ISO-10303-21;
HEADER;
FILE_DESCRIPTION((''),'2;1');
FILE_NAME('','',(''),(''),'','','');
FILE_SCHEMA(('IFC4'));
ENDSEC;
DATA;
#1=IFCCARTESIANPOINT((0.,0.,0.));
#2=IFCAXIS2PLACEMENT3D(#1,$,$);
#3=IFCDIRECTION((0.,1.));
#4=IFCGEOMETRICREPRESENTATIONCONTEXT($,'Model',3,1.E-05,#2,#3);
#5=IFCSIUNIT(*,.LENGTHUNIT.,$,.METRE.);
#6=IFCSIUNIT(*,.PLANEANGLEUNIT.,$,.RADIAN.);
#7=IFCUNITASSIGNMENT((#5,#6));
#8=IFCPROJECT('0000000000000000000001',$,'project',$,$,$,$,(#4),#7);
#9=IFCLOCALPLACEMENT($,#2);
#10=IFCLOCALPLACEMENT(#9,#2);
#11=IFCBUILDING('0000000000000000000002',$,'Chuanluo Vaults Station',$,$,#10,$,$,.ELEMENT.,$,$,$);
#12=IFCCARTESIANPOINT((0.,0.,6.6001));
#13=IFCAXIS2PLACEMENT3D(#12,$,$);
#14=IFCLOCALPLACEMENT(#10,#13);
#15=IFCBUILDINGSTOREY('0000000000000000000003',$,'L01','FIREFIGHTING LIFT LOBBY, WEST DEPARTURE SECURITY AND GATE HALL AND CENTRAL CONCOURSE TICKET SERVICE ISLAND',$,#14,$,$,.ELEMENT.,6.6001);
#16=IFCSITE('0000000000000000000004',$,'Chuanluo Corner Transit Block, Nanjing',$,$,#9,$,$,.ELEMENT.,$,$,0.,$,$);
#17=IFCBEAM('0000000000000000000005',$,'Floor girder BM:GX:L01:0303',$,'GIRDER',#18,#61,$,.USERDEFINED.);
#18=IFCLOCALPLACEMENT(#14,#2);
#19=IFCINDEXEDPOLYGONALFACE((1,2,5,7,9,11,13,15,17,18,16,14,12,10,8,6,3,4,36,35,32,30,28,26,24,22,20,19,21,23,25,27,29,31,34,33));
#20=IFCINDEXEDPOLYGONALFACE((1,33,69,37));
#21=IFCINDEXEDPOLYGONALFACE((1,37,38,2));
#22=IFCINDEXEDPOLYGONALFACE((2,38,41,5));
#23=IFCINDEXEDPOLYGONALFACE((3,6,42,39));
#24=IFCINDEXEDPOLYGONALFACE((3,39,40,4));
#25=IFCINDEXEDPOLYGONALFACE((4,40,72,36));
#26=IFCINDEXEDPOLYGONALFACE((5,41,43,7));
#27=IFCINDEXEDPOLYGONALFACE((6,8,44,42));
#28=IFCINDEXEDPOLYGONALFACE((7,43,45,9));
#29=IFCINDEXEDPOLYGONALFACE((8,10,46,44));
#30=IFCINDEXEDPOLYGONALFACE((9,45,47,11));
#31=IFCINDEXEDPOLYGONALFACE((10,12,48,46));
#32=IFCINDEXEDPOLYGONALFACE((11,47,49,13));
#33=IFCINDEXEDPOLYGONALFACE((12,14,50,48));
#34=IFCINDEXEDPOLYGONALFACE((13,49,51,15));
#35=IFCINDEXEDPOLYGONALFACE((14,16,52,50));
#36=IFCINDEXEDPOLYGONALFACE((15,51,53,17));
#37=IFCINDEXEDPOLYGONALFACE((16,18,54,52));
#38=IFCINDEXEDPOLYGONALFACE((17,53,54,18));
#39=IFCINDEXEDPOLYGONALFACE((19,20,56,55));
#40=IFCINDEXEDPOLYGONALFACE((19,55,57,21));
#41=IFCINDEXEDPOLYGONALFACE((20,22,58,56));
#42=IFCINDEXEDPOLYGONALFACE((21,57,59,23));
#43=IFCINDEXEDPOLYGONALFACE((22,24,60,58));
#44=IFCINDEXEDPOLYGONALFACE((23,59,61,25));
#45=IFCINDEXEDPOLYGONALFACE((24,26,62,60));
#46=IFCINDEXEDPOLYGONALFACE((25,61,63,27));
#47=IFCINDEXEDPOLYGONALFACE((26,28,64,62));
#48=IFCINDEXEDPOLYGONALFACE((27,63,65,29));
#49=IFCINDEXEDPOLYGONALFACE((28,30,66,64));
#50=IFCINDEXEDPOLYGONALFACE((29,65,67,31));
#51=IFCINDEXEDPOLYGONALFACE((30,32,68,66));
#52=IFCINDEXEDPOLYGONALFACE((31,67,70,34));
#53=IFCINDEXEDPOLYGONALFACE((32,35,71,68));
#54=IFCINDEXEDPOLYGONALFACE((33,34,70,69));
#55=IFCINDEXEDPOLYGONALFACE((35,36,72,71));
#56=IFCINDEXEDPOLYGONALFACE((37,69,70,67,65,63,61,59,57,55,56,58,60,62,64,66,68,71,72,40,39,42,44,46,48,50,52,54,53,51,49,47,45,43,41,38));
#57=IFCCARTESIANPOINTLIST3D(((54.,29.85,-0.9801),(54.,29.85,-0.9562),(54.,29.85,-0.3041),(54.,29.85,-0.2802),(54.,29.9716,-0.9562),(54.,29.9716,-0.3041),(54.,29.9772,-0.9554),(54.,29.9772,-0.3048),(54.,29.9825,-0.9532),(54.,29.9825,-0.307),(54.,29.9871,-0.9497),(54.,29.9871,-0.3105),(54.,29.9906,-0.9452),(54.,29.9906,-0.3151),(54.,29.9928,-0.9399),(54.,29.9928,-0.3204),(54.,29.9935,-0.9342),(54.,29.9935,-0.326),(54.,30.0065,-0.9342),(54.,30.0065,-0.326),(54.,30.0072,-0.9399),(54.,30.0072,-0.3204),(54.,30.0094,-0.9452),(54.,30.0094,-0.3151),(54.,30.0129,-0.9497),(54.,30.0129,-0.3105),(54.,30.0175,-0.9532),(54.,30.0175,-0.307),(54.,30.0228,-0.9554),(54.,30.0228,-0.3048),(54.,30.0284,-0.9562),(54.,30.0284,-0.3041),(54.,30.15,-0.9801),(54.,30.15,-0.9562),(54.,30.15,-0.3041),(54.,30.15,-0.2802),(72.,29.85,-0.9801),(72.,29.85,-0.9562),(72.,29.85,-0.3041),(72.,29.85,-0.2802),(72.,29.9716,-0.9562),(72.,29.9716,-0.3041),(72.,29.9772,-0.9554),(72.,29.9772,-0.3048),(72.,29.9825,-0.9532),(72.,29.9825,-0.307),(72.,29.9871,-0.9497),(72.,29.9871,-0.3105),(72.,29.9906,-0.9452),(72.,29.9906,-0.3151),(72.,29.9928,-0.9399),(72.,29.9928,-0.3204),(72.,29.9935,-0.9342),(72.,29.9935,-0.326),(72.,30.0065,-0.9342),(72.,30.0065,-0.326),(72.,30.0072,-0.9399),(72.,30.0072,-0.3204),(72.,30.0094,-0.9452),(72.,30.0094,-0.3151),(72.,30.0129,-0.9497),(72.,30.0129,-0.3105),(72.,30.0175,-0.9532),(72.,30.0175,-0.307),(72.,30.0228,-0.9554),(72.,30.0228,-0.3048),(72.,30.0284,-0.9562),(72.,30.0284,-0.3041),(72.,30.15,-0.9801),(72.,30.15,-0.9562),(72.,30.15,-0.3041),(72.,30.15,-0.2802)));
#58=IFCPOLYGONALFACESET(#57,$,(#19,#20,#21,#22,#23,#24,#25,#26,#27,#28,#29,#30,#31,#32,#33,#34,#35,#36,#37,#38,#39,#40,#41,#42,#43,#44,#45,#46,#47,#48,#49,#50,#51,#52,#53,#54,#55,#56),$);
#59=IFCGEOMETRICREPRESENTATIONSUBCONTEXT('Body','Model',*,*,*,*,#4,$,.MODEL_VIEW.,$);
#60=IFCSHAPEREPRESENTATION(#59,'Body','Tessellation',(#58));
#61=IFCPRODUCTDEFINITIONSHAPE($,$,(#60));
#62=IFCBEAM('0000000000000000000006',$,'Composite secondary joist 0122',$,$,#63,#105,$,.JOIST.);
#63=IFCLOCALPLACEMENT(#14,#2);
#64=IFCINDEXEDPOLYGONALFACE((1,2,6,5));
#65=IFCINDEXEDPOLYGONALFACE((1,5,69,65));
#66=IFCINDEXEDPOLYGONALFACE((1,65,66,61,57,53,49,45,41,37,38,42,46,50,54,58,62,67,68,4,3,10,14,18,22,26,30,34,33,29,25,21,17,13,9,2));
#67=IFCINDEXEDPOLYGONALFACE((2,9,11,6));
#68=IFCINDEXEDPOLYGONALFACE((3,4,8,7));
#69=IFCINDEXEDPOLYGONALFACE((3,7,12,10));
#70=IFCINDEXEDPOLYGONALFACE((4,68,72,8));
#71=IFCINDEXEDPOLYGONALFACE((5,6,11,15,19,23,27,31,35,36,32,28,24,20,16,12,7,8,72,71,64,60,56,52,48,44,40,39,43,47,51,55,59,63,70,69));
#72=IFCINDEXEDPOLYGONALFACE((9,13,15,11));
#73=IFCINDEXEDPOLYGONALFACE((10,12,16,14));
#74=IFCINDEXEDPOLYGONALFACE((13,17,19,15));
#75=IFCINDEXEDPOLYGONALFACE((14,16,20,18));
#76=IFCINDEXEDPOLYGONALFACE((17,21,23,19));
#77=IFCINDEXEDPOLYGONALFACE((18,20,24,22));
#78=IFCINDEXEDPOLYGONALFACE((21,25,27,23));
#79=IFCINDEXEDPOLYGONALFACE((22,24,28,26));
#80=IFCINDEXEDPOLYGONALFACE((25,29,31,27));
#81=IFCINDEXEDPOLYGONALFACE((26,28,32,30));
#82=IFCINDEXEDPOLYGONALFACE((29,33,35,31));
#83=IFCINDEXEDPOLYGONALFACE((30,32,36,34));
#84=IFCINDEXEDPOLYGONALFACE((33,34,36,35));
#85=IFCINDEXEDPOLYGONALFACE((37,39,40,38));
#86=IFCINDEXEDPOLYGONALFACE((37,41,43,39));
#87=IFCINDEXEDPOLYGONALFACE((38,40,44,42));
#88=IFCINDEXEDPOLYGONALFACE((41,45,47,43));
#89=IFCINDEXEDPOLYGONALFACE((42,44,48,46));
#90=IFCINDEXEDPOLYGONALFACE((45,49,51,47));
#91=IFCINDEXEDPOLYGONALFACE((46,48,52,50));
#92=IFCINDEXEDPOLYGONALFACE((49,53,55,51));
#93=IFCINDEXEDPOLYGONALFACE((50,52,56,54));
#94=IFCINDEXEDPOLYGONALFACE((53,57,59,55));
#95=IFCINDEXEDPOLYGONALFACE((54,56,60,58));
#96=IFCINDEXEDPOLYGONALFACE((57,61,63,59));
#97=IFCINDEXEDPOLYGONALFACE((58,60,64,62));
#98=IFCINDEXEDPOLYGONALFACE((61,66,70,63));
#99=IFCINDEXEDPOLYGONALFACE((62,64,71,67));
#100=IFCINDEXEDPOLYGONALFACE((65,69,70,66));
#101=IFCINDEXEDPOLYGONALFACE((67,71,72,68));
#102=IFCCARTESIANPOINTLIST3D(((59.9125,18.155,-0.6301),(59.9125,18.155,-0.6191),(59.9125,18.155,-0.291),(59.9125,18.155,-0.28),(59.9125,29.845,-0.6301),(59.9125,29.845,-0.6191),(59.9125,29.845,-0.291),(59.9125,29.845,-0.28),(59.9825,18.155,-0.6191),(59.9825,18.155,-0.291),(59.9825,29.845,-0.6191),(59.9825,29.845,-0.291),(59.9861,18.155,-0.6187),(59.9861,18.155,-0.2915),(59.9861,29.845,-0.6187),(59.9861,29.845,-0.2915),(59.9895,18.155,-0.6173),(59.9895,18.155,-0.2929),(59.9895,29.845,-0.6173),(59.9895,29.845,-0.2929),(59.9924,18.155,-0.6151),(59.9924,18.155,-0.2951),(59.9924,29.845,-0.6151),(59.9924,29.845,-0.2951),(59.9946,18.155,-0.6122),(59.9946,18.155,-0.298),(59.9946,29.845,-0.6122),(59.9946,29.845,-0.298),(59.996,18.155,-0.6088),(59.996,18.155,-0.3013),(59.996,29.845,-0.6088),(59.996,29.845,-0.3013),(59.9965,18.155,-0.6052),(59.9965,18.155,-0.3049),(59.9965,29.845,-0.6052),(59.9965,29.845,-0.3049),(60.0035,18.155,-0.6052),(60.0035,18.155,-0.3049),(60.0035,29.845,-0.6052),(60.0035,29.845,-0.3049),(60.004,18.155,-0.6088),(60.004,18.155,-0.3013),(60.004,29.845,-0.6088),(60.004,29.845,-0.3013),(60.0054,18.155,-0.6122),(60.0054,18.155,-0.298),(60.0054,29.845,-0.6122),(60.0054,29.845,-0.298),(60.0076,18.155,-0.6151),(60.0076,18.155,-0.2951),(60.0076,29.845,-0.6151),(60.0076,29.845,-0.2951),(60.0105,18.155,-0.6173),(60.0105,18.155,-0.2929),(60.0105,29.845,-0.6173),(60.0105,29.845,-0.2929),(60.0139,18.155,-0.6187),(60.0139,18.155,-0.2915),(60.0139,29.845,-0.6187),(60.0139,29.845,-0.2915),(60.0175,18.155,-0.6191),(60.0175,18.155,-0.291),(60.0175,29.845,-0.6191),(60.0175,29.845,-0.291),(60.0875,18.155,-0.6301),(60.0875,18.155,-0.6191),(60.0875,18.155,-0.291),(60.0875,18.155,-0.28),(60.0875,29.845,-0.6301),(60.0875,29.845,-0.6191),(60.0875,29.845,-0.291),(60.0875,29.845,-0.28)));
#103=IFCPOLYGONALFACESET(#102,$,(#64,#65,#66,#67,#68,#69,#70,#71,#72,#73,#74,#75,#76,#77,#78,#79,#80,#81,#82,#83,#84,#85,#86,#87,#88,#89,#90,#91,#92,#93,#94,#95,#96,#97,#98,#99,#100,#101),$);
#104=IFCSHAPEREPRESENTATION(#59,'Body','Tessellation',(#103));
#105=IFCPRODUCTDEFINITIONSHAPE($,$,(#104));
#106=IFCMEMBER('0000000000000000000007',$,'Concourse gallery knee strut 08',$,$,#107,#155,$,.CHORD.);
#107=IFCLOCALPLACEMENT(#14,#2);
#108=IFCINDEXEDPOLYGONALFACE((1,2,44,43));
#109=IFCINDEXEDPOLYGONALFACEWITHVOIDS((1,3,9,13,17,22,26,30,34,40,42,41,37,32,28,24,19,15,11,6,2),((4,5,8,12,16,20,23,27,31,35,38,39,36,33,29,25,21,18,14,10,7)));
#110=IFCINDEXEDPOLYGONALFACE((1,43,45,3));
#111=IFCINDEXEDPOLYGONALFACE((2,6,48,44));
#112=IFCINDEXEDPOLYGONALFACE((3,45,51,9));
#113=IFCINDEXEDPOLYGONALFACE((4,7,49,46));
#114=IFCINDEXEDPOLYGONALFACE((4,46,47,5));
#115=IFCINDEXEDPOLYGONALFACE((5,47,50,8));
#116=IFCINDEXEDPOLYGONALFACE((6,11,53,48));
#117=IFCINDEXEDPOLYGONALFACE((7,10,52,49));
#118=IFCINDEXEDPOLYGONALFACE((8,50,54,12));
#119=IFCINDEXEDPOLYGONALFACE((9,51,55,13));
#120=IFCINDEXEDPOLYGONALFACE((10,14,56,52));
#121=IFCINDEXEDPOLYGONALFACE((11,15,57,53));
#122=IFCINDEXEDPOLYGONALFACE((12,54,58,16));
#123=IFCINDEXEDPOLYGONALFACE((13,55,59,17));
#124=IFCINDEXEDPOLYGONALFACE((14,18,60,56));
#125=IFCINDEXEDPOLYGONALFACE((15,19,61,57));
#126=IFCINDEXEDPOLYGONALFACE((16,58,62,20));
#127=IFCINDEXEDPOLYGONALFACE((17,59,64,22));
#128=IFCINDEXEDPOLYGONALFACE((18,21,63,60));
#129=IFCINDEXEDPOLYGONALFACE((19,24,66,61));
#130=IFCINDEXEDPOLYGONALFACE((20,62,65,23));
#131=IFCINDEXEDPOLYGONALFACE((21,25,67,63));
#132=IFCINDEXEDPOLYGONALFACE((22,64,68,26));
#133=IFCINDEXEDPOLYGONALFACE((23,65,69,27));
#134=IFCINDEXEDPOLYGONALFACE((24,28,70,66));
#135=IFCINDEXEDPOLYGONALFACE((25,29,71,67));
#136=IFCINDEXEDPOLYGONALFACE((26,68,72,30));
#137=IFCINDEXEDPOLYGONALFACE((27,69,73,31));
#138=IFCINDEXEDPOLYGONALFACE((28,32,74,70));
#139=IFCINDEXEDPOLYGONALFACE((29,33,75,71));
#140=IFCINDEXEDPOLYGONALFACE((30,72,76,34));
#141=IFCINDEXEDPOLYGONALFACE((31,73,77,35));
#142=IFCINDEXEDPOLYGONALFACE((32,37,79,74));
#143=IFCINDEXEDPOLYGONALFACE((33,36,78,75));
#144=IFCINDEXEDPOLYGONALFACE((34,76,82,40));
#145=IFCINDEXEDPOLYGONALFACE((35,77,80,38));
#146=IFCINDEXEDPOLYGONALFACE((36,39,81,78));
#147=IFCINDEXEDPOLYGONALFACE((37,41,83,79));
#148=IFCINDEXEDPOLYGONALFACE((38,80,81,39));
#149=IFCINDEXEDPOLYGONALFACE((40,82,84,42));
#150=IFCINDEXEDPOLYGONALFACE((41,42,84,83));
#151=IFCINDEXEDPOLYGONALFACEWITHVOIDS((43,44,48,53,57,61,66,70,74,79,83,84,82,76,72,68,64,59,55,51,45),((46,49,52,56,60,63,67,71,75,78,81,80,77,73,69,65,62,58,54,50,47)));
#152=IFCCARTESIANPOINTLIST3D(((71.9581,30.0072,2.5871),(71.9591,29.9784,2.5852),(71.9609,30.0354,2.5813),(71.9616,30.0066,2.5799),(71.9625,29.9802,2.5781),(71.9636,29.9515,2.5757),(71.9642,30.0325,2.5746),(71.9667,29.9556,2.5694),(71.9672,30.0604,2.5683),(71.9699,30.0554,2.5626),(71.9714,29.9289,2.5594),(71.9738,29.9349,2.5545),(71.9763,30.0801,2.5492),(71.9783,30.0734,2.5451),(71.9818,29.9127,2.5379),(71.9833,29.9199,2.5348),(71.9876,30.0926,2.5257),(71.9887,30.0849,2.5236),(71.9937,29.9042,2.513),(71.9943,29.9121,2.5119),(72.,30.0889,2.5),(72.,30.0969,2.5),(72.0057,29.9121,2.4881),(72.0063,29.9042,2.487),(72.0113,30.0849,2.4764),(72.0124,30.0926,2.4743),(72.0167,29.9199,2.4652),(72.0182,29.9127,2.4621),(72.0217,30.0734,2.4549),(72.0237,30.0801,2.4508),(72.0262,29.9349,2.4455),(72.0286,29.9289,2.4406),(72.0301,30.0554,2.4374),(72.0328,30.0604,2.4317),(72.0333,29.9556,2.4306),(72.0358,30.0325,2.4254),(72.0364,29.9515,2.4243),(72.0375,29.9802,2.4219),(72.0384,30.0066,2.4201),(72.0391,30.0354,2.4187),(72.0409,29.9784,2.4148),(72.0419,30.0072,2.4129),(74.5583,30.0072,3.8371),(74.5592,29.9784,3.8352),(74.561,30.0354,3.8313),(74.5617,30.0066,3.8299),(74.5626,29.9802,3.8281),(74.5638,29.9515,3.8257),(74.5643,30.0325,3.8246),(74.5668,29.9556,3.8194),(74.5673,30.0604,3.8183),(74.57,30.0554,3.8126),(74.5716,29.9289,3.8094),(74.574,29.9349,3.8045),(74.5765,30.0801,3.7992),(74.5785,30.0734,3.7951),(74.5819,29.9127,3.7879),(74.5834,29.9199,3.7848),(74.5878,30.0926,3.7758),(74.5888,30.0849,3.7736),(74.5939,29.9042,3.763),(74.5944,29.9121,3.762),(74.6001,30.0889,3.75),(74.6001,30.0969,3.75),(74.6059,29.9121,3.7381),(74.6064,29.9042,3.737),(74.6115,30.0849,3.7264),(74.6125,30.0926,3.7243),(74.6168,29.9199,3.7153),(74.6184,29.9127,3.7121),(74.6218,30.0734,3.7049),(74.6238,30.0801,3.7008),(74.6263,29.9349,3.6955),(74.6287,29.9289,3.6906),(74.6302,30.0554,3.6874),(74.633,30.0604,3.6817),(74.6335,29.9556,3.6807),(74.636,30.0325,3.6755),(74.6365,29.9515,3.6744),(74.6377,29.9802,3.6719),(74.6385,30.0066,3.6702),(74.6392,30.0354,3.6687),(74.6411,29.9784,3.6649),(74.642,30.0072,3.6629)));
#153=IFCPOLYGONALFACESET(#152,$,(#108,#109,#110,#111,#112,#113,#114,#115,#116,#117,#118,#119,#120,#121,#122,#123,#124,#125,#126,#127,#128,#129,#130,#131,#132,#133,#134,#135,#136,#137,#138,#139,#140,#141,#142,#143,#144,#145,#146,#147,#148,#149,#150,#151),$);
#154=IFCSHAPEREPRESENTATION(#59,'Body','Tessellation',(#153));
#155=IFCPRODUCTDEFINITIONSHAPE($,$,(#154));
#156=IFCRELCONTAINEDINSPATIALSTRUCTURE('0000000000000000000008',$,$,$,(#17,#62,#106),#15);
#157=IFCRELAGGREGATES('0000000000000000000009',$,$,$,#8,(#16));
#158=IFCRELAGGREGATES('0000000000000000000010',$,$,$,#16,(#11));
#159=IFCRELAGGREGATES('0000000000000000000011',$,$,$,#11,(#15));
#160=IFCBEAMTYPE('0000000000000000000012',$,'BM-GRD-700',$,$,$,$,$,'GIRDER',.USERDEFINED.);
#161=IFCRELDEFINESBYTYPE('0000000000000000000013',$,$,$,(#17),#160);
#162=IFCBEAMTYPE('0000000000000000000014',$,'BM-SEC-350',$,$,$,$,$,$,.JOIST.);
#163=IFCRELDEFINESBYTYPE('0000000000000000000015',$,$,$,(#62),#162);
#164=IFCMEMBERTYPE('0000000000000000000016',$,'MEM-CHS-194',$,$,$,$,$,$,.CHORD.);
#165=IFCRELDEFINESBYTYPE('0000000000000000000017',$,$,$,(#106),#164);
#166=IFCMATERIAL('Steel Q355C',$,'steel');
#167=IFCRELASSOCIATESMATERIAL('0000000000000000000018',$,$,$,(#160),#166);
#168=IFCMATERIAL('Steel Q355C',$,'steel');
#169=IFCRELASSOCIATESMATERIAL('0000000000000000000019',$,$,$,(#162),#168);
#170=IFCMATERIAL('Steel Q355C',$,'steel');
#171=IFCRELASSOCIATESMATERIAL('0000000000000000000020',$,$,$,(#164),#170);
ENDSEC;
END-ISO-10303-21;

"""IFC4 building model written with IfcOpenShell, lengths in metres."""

from ifc_helpers import new_model, si_unit, direction, frame, origin, origin_2d, place, context, subcontext, project, spatial, hollow_circle, i_section, extrude, material, material_profile, profile_set, type_object, element, save


model = new_model("IFC4")

# Units and contexts
model_context = context("Model", 3, precision=1e-05, world=origin(), true_north=direction((0.0, 1.0)))
body_context = subcontext(model_context, "Body", "Model", "MODEL_VIEW")
ifc_project = project(units=[si_unit("LENGTHUNIT", "METRE"), si_unit("PLANEANGLEUNIT", "RADIAN")], contexts=[model_context])

# Site, building, storey
site_placement = place(None, origin())
site = spatial("IfcSite", under=ifc_project, at=site_placement, Name="Chuanluo Corner Transit Block, Nanjing", CompositionType="ELEMENT", RefElevation=0.0)
building_placement = place(site_placement, origin())
building = spatial("IfcBuilding", under=site, at=building_placement, Name="Chuanluo Vaults Station", CompositionType="ELEMENT")
storey_placement = place(building_placement, frame((0.0, 0.0, 6.6001)))
storey = spatial("IfcBuildingStorey", under=building, at=storey_placement, Name="L01", Description="FIREFIGHTING LIFT LOBBY, WEST DEPARTURE SECURITY AND GATE HALL AND CENTRAL CONCOURSE TICKET SERVICE ISLAND", CompositionType="ELEMENT", Elevation=6.6001)

# Beams
ifc_material_1 = material(Name="Steel Q355C", Category="steel")
ifc_material_profile_1 = material_profile(ifc_material_1, i_section(OverallWidth=0.3, OverallDepth=0.7, WebThickness=0.0129, FlangeThickness=0.0239, FilletRadius=0.022, at=origin_2d()))
ifc_profile_set_1 = profile_set([ifc_material_profile_1], Name="Steel Q355C")
beam_type_1 = type_object("IfcBeamType", Name="BM-GRD-700", ElementType="GIRDER", PredefinedType="USERDEFINED", material=ifc_profile_set_1)
beam_1_placement = place(storey_placement, frame((54.0, 30.0, -0.6301), z_axis=(1.0, 0.0, 0.0), x_axis=(0.0, 1.0, 0.0)))
element("IfcBeam", 1, at=beam_1_placement, inside=storey, type_object=beam_type_1, Name="Floor girder BM:GX:L01:0303", ObjectType="GIRDER", PredefinedType="USERDEFINED", context=body_context, shape_type="SweptSolid", body=[
    extrude(i_section(OverallWidth=0.3, OverallDepth=0.7, WebThickness=0.0129, FlangeThickness=0.0239, FilletRadius=0.022, at=origin_2d()), origin(), (0.0, 0.0, 1.0), 18.0),
])
ifc_material_2 = material(Name="Steel Q355C", Category="steel")
ifc_material_profile_2 = material_profile(ifc_material_2, i_section(OverallWidth=0.175, OverallDepth=0.3501, WebThickness=0.0071, FlangeThickness=0.011, FilletRadius=0.0139, at=origin_2d()))
ifc_profile_set_2 = profile_set([ifc_material_profile_2], Name="Steel Q355C")
beam_type_2 = type_object("IfcBeamType", Name="BM-SEC-350", PredefinedType="JOIST", material=ifc_profile_set_2)
beam_2_placement = place(storey_placement, frame((60.0, 18.155, -0.4551), z_axis=(0.0, 1.0, 0.0), x_axis=(-1.0, 0.0, 0.0)))
element("IfcBeam", 2, at=beam_2_placement, inside=storey, type_object=beam_type_2, Name="Composite secondary joist 0122", PredefinedType="JOIST", context=body_context, shape_type="SweptSolid", body=[
    extrude(i_section(OverallWidth=0.175, OverallDepth=0.3501, WebThickness=0.0071, FlangeThickness=0.011, FilletRadius=0.0139, at=origin_2d()), origin(), (0.0, 0.0, 1.0), 11.6899),
])

# Member
ifc_material_3 = material(Name="Steel Q355C", Category="steel")
ifc_material_profile_3 = material_profile(ifc_material_3, hollow_circle(Radius=0.0969, WallThickness=0.0081, at=origin_2d()))
ifc_profile_set_3 = profile_set([ifc_material_profile_3], Name="Steel Q355C")
member_type_1 = type_object("IfcMemberType", Name="MEM-CHS-194", PredefinedType="CHORD", material=ifc_profile_set_3)
member_1_placement = place(storey_placement, frame((72.0, 30.0, 2.5), z_axis=(0.901259, 0.0, 0.433281), x_axis=(0.0, 1.0, 0.0)))
element("IfcMember", 3, at=member_1_placement, inside=storey, type_object=member_type_1, Name="Concourse gallery knee strut 08", PredefinedType="CHORD", context=body_context, shape_type="SweptSolid", body=[
    extrude(hollow_circle(Radius=0.0969, WallThickness=0.0081, at=origin_2d()), origin(), (0.0, 0.0, 1.0), 2.885),
])

save(model, "model.ifc")
